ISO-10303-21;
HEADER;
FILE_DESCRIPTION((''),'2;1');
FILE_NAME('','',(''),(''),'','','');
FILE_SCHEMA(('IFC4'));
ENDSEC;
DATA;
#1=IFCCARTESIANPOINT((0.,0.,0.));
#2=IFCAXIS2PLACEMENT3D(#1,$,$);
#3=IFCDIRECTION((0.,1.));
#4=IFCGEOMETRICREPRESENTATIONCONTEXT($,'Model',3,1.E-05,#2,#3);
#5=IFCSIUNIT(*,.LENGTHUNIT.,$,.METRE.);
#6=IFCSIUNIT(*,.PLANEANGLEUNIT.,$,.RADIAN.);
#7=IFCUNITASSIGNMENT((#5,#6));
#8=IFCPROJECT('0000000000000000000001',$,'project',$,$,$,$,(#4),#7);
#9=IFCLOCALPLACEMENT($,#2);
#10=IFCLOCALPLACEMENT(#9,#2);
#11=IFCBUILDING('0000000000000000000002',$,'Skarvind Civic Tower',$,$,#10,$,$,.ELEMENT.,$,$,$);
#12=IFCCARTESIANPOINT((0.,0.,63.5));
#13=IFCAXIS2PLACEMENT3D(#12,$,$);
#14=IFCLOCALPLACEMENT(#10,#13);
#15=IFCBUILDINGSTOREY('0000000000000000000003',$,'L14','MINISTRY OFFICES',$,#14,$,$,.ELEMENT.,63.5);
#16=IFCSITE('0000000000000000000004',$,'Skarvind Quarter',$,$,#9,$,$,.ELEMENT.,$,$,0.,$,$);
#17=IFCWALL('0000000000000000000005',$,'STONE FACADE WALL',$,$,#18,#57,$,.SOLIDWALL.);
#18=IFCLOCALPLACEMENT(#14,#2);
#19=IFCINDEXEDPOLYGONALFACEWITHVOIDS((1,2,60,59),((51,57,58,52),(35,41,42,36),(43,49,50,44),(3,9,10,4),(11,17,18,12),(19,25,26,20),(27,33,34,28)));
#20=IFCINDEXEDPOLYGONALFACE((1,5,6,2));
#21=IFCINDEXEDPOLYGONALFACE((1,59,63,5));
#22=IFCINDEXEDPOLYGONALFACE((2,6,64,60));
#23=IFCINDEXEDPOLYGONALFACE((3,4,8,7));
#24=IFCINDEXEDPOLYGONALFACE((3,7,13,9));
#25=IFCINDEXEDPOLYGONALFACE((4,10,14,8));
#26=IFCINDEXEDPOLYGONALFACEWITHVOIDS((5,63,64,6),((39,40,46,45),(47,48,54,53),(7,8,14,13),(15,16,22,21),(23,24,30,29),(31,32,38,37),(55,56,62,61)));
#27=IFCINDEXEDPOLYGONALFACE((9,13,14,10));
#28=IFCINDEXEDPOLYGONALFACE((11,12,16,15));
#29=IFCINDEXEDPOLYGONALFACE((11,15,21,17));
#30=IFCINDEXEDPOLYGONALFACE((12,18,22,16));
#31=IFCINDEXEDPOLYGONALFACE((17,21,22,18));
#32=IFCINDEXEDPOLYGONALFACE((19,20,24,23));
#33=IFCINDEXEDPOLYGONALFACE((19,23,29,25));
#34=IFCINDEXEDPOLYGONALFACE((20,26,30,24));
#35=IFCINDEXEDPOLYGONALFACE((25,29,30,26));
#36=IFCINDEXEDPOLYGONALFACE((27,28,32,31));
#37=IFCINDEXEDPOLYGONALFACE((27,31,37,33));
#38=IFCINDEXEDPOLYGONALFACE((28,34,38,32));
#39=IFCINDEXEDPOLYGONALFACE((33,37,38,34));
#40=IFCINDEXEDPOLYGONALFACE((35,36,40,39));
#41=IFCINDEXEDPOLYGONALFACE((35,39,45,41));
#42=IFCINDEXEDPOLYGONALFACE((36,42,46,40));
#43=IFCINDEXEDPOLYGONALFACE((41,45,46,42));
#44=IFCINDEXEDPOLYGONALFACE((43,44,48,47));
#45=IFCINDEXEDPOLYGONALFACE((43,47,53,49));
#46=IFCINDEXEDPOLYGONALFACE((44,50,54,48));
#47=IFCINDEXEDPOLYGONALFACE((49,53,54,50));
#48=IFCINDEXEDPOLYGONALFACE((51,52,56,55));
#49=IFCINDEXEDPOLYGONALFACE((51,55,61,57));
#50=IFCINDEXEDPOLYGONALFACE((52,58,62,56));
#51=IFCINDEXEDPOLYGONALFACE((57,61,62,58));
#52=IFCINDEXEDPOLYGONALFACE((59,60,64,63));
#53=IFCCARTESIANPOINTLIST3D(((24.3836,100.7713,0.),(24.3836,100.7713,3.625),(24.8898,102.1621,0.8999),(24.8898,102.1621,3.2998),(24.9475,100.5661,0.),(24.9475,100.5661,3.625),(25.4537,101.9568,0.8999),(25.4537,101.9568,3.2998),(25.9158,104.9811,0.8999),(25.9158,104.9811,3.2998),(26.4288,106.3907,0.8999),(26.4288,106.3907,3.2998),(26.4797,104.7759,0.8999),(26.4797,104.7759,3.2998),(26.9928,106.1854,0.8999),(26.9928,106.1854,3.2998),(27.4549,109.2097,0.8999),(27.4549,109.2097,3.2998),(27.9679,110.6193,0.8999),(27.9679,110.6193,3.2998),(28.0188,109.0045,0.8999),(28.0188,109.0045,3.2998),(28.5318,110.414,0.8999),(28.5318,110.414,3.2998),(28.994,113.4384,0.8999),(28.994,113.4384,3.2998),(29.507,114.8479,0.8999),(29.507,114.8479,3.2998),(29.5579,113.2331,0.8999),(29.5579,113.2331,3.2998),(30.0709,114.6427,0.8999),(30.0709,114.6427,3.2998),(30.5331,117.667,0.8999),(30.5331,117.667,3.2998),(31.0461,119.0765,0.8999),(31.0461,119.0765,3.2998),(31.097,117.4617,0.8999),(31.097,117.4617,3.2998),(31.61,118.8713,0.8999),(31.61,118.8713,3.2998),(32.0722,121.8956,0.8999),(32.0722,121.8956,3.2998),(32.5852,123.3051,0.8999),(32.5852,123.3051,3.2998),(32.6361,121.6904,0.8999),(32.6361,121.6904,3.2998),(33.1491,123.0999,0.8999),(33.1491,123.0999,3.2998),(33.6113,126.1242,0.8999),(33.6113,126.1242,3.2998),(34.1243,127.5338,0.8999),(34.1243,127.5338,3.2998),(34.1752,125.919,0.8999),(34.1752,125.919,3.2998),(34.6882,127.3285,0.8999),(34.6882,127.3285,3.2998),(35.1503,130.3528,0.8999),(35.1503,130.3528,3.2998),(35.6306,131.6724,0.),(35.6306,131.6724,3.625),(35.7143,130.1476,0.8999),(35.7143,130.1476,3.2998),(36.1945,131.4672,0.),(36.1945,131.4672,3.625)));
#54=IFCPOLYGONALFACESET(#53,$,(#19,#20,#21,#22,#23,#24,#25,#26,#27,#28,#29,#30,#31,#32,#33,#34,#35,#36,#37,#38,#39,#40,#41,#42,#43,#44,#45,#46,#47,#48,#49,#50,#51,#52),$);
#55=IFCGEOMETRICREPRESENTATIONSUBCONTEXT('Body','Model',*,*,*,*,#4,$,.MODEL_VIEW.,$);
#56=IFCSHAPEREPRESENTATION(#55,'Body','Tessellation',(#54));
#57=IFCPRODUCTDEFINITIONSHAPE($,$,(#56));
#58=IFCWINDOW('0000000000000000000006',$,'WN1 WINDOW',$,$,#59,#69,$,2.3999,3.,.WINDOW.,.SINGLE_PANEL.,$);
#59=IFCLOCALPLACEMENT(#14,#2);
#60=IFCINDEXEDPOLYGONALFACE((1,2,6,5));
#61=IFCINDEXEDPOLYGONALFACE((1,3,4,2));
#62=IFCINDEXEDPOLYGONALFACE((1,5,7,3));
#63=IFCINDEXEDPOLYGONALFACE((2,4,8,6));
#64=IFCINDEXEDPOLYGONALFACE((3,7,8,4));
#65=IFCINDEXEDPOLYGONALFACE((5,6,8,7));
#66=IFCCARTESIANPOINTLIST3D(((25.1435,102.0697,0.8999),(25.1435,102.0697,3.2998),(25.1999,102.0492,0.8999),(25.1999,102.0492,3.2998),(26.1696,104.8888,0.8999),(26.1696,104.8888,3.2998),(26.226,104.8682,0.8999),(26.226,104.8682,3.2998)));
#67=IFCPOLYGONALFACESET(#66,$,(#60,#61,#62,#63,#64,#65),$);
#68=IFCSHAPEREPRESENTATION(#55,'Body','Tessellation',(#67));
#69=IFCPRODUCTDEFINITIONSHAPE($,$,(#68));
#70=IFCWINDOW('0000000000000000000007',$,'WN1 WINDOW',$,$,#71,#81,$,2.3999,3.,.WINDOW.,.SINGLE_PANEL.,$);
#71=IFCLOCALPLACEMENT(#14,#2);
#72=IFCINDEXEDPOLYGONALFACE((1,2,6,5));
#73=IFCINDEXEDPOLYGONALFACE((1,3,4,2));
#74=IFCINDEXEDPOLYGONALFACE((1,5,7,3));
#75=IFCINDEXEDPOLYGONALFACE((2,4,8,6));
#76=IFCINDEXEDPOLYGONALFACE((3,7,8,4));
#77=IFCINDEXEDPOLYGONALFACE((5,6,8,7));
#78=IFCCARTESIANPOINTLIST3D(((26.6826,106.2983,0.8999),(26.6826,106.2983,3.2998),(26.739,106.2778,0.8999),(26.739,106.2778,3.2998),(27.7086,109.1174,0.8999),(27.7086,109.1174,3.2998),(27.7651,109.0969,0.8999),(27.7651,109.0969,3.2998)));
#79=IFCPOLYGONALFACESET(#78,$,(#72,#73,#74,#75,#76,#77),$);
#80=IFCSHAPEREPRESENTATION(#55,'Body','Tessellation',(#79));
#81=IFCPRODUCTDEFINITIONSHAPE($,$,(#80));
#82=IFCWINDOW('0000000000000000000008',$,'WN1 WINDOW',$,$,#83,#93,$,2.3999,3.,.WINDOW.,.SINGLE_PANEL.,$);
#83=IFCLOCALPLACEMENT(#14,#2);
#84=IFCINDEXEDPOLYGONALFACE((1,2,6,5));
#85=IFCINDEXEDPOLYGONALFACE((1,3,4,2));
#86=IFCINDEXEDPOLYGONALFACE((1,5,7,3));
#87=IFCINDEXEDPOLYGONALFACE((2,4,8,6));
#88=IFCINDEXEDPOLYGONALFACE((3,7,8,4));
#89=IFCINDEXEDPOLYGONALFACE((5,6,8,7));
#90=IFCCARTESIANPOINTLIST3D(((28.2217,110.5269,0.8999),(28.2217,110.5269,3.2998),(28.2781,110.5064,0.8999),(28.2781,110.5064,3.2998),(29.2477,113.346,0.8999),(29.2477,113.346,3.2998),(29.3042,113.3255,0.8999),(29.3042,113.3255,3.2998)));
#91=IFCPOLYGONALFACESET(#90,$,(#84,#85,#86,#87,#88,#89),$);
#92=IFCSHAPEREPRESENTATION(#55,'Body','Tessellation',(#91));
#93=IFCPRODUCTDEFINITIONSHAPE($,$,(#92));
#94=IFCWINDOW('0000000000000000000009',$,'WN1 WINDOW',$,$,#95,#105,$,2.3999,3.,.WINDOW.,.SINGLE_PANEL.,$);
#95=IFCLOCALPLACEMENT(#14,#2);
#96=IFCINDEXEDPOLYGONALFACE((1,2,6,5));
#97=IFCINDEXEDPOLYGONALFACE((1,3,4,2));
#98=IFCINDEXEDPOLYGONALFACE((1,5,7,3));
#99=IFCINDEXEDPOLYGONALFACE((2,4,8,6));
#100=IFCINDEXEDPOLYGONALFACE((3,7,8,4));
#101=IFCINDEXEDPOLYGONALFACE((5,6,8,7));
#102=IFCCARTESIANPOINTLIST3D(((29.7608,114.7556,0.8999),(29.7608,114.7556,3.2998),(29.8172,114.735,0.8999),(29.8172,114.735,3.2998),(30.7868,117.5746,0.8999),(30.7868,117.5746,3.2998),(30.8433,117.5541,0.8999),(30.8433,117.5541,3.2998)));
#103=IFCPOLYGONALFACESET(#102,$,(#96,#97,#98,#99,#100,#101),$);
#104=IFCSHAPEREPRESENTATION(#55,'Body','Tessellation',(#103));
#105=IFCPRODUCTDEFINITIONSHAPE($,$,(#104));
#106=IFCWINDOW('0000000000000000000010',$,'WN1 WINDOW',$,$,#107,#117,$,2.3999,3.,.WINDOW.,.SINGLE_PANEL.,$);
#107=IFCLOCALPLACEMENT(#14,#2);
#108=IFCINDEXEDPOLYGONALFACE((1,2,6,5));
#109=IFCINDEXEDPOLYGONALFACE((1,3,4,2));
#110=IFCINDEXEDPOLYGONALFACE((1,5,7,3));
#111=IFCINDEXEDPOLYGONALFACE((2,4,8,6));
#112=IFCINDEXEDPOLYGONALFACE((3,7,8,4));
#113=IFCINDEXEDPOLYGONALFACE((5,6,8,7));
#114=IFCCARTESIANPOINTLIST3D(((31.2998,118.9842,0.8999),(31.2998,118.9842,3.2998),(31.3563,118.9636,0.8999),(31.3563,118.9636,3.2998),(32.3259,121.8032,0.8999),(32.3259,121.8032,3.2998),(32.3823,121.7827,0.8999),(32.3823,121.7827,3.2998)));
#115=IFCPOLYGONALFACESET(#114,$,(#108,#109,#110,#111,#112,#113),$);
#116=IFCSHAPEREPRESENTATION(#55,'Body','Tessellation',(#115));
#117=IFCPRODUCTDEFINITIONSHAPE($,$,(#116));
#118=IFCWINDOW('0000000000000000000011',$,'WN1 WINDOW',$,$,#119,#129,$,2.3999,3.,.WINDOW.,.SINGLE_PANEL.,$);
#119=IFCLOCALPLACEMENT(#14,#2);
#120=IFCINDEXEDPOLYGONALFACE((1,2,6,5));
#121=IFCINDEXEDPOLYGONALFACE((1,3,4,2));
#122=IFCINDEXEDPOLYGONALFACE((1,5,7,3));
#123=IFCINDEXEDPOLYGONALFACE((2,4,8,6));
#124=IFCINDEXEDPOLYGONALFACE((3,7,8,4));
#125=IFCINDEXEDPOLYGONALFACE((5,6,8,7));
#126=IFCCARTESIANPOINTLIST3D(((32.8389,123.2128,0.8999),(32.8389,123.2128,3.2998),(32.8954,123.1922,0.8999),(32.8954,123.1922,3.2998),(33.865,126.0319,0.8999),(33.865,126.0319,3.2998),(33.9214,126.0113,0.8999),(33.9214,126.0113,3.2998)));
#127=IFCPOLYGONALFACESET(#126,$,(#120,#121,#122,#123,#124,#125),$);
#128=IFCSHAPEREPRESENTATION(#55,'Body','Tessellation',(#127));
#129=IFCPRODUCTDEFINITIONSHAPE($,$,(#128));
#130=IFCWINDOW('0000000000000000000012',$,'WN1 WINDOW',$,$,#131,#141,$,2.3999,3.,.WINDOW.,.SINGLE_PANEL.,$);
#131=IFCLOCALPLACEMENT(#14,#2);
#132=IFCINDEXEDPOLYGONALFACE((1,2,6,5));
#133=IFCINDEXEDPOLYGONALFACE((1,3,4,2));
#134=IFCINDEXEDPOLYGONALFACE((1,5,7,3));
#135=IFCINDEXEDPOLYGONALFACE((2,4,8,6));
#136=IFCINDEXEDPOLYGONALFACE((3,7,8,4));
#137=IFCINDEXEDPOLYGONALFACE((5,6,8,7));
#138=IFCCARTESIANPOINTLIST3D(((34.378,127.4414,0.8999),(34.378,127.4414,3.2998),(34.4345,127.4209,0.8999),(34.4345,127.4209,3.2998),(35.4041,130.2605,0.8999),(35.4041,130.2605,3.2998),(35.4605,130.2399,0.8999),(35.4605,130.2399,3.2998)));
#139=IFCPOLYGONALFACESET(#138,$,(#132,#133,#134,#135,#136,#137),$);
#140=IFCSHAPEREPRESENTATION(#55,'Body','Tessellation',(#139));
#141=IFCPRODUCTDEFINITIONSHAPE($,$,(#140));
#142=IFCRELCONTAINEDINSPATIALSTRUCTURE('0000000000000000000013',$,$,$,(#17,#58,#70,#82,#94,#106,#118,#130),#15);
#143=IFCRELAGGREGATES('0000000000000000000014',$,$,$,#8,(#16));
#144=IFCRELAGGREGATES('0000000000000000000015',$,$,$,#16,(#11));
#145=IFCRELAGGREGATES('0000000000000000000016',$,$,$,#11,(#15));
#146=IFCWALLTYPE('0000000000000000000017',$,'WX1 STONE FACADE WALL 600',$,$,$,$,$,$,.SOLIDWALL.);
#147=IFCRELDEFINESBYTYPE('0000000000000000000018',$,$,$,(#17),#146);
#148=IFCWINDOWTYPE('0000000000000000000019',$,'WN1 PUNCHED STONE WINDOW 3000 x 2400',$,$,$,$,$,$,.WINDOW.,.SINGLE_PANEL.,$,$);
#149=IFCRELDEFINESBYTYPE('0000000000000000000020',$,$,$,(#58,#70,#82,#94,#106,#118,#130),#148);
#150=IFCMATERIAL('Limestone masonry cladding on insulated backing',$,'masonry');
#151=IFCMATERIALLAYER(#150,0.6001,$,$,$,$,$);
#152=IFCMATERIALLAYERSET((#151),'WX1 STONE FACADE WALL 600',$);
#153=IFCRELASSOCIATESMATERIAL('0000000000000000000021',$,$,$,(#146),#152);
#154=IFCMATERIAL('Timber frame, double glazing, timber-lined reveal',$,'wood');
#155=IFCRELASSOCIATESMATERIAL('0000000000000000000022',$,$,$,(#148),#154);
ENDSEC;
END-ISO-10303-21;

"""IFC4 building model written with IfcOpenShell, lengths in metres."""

from ifc_helpers import new_model, si_unit, direction, frame, frame_2d, origin, place, context, subcontext, project, spatial, rectangle, extrude, material, layer, layer_set, type_object, element, fill, save


model = new_model("IFC4")

# Units and contexts
model_context = context("Model", 3, precision=1e-05, world=origin(), true_north=direction((0.0, 1.0)))
body_context = subcontext(model_context, "Body", "Model", "MODEL_VIEW")
ifc_project = project(units=[si_unit("LENGTHUNIT", "METRE"), si_unit("PLANEANGLEUNIT", "RADIAN")], contexts=[model_context])

# Site, building, storey
site_placement = place(None, origin())
site = spatial("IfcSite", under=ifc_project, at=site_placement, Name="Skarvind Quarter", CompositionType="ELEMENT", RefElevation=0.0)
building_placement = place(site_placement, origin())
building = spatial("IfcBuilding", under=site, at=building_placement, Name="Skarvind Civic Tower", CompositionType="ELEMENT")
storey_placement = place(building_placement, frame((0.0, 0.0, 63.5)))
storey = spatial("IfcBuildingStorey", under=building, at=storey_placement, Name="L14", Description="MINISTRY OFFICES", CompositionType="ELEMENT", Elevation=63.5)

# Wall, openings, windows
ifc_material_1 = material(Name="Limestone masonry cladding on insulated backing", Category="masonry")
ifc_layer_1 = layer(ifc_material_1, 0.6001)
ifc_layer_set_1 = layer_set([ifc_layer_1], Name="WX1 STONE FACADE WALL 600")
wall_type_1 = type_object("IfcWallType", Name="WX1 STONE FACADE WALL 600", PredefinedType="SOLIDWALL", material=ifc_layer_set_1)
wall_1_placement = place(storey_placement, frame((24.6655, 100.6687, 0.0), z_axis=(0.0, 0.0, 1.0), x_axis=(0.34202, 0.939693, 0.0)))
wall_1 = element("IfcWall", 1, at=wall_1_placement, inside=storey, type_object=wall_type_1, Name="STONE FACADE WALL", PredefinedType="SOLIDWALL", context=body_context, shape_type="SweptSolid", body=[
    extrude(rectangle(XDim=32.8843, YDim=0.6001, at=frame_2d((16.4421, 0.0))), origin(), (0.0, 0.0, 1.0), 3.625),
])
opening_1_placement = place(wall_1_placement, frame((1.48, 0.0, 0.8999)))
opening_1 = element("IfcOpeningElement", 2, at=opening_1_placement, cuts=wall_1, PredefinedType="OPENING", context=body_context, shape_type="SweptSolid", body=[
    extrude(rectangle(XDim=3.0, YDim=2.3999, at=frame_2d((1.5, 1.2))), frame((0.0, 0.3101, 0.0), z_axis=(0.0, -1.0, 0.0), x_axis=(1.0, 0.0, 0.0)), (0.0, 0.0, 1.0), 0.6201),
])
opening_2_placement = place(wall_1_placement, frame((5.98, 0.0, 0.8999)))
opening_2 = element("IfcOpeningElement", 3, at=opening_2_placement, cuts=wall_1, PredefinedType="OPENING", context=body_context, shape_type="SweptSolid", body=[
    extrude(rectangle(XDim=3.0, YDim=2.3999, at=frame_2d((1.5, 1.2))), frame((0.0, 0.3101, 0.0), z_axis=(0.0, -1.0, 0.0), x_axis=(1.0, 0.0, 0.0)), (0.0, 0.0, 1.0), 0.6201),
])
opening_3_placement = place(wall_1_placement, frame((10.48, 0.0, 0.8999)))
opening_3 = element("IfcOpeningElement", 4, at=opening_3_placement, cuts=wall_1, PredefinedType="OPENING", context=body_context, shape_type="SweptSolid", body=[
    extrude(rectangle(XDim=3.0, YDim=2.3999, at=frame_2d((1.5, 1.2))), frame((0.0, 0.3101, 0.0), z_axis=(0.0, -1.0, 0.0), x_axis=(1.0, 0.0, 0.0)), (0.0, 0.0, 1.0), 0.6201),
])
opening_4_placement = place(wall_1_placement, frame((14.98, 0.0, 0.8999)))
opening_4 = element("IfcOpeningElement", 5, at=opening_4_placement, cuts=wall_1, PredefinedType="OPENING", context=body_context, shape_type="SweptSolid", body=[
    extrude(rectangle(XDim=3.0, YDim=2.3999, at=frame_2d((1.5, 1.2))), frame((0.0, 0.3101, 0.0), z_axis=(0.0, -1.0, 0.0), x_axis=(1.0, 0.0, 0.0)), (0.0, 0.0, 1.0), 0.6201),
])
opening_5_placement = place(wall_1_placement, frame((19.48, 0.0, 0.8999)))
opening_5 = element("IfcOpeningElement", 6, at=opening_5_placement, cuts=wall_1, PredefinedType="OPENING", context=body_context, shape_type="SweptSolid", body=[
    extrude(rectangle(XDim=3.0, YDim=2.3999, at=frame_2d((1.5, 1.2))), frame((0.0, 0.3101, 0.0), z_axis=(0.0, -1.0, 0.0), x_axis=(1.0, 0.0, 0.0)), (0.0, 0.0, 1.0), 0.6201),
])
opening_6_placement = place(wall_1_placement, frame((23.98, 0.0, 0.8999)))
opening_6 = element("IfcOpeningElement", 7, at=opening_6_placement, cuts=wall_1, PredefinedType="OPENING", context=body_context, shape_type="SweptSolid", body=[
    extrude(rectangle(XDim=3.0, YDim=2.3999, at=frame_2d((1.5, 1.2))), frame((0.0, 0.3101, 0.0), z_axis=(0.0, -1.0, 0.0), x_axis=(1.0, 0.0, 0.0)), (0.0, 0.0, 1.0), 0.6201),
])
opening_7_placement = place(wall_1_placement, frame((28.48, 0.0, 0.8999)))
opening_7 = element("IfcOpeningElement", 8, at=opening_7_placement, cuts=wall_1, PredefinedType="OPENING", context=body_context, shape_type="SweptSolid", body=[
    extrude(rectangle(XDim=3.0, YDim=2.3999, at=frame_2d((1.5, 1.2))), frame((0.0, 0.3101, 0.0), z_axis=(0.0, -1.0, 0.0), x_axis=(1.0, 0.0, 0.0)), (0.0, 0.0, 1.0), 0.6201),
])
ifc_material_2 = material(Name="Timber frame, double glazing, timber-lined reveal", Category="wood")
window_type = type_object("IfcWindowType", Name="WN1 PUNCHED STONE WINDOW 3000 x 2400", PartitioningType="SINGLE_PANEL", PredefinedType="WINDOW", material=ifc_material_2)
window_1_placement = place(opening_1_placement, origin())
window_1 = element("IfcWindow", 9, at=window_1_placement, inside=storey, type_object=window_type, Name="WN1 WINDOW", OverallHeight=2.3999, OverallWidth=3.0, PartitioningType="SINGLE_PANEL", PredefinedType="WINDOW", context=body_context, shape_type="SweptSolid", body=[
    extrude(rectangle(XDim=3.0, YDim=2.3999, at=frame_2d((1.5, 1.2))), frame((0.0, 0.03, 0.0), z_axis=(0.0, -1.0, 0.0), x_axis=(1.0, 0.0, 0.0)), (0.0, 0.0, 1.0), 0.0601),
])
fill(opening_1, window_1)
window_2_placement = place(opening_2_placement, origin())
window_2 = element("IfcWindow", 10, at=window_2_placement, inside=storey, type_object=window_type, Name="WN1 WINDOW", OverallHeight=2.3999, OverallWidth=3.0, PartitioningType="SINGLE_PANEL", PredefinedType="WINDOW", context=body_context, shape_type="SweptSolid", body=[
    extrude(rectangle(XDim=3.0, YDim=2.3999, at=frame_2d((1.5, 1.2))), frame((0.0, 0.03, 0.0), z_axis=(0.0, -1.0, 0.0), x_axis=(1.0, 0.0, 0.0)), (0.0, 0.0, 1.0), 0.0601),
])
fill(opening_2, window_2)
window_3_placement = place(opening_3_placement, origin())
window_3 = element("IfcWindow", 11, at=window_3_placement, inside=storey, type_object=window_type, Name="WN1 WINDOW", OverallHeight=2.3999, OverallWidth=3.0, PartitioningType="SINGLE_PANEL", PredefinedType="WINDOW", context=body_context, shape_type="SweptSolid", body=[
    extrude(rectangle(XDim=3.0, YDim=2.3999, at=frame_2d((1.5, 1.2))), frame((0.0, 0.03, 0.0), z_axis=(0.0, -1.0, 0.0), x_axis=(1.0, 0.0, 0.0)), (0.0, 0.0, 1.0), 0.0601),
])
fill(opening_3, window_3)
window_4_placement = place(opening_4_placement, origin())
window_4 = element("IfcWindow", 12, at=window_4_placement, inside=storey, type_object=window_type, Name="WN1 WINDOW", OverallHeight=2.3999, OverallWidth=3.0, PartitioningType="SINGLE_PANEL", PredefinedType="WINDOW", context=body_context, shape_type="SweptSolid", body=[
    extrude(rectangle(XDim=3.0, YDim=2.3999, at=frame_2d((1.5, 1.2))), frame((0.0, 0.03, 0.0), z_axis=(0.0, -1.0, 0.0), x_axis=(1.0, 0.0, 0.0)), (0.0, 0.0, 1.0), 0.0601),
])
fill(opening_4, window_4)
window_5_placement = place(opening_5_placement, origin())
window_5 = element("IfcWindow", 13, at=window_5_placement, inside=storey, type_object=window_type, Name="WN1 WINDOW", OverallHeight=2.3999, OverallWidth=3.0, PartitioningType="SINGLE_PANEL", PredefinedType="WINDOW", context=body_context, shape_type="SweptSolid", body=[
    extrude(rectangle(XDim=3.0, YDim=2.3999, at=frame_2d((1.5, 1.2))), frame((0.0, 0.03, 0.0), z_axis=(0.0, -1.0, 0.0), x_axis=(1.0, 0.0, 0.0)), (0.0, 0.0, 1.0), 0.0601),
])
fill(opening_5, window_5)
window_6_placement = place(opening_6_placement, origin())
window_6 = element("IfcWindow", 14, at=window_6_placement, inside=storey, type_object=window_type, Name="WN1 WINDOW", OverallHeight=2.3999, OverallWidth=3.0, PartitioningType="SINGLE_PANEL", PredefinedType="WINDOW", context=body_context, shape_type="SweptSolid", body=[
    extrude(rectangle(XDim=3.0, YDim=2.3999, at=frame_2d((1.5, 1.2))), frame((0.0, 0.03, 0.0), z_axis=(0.0, -1.0, 0.0), x_axis=(1.0, 0.0, 0.0)), (0.0, 0.0, 1.0), 0.0601),
])
fill(opening_6, window_6)
window_7_placement = place(opening_7_placement, origin())
window_7 = element("IfcWindow", 15, at=window_7_placement, inside=storey, type_object=window_type, Name="WN1 WINDOW", OverallHeight=2.3999, OverallWidth=3.0, PartitioningType="SINGLE_PANEL", PredefinedType="WINDOW", context=body_context, shape_type="SweptSolid", body=[
    extrude(rectangle(XDim=3.0, YDim=2.3999, at=frame_2d((1.5, 1.2))), frame((0.0, 0.03, 0.0), z_axis=(0.0, -1.0, 0.0), x_axis=(1.0, 0.0, 0.0)), (0.0, 0.0, 1.0), 0.0601),
])
fill(opening_7, window_7)

save(model, "model.ifc")
